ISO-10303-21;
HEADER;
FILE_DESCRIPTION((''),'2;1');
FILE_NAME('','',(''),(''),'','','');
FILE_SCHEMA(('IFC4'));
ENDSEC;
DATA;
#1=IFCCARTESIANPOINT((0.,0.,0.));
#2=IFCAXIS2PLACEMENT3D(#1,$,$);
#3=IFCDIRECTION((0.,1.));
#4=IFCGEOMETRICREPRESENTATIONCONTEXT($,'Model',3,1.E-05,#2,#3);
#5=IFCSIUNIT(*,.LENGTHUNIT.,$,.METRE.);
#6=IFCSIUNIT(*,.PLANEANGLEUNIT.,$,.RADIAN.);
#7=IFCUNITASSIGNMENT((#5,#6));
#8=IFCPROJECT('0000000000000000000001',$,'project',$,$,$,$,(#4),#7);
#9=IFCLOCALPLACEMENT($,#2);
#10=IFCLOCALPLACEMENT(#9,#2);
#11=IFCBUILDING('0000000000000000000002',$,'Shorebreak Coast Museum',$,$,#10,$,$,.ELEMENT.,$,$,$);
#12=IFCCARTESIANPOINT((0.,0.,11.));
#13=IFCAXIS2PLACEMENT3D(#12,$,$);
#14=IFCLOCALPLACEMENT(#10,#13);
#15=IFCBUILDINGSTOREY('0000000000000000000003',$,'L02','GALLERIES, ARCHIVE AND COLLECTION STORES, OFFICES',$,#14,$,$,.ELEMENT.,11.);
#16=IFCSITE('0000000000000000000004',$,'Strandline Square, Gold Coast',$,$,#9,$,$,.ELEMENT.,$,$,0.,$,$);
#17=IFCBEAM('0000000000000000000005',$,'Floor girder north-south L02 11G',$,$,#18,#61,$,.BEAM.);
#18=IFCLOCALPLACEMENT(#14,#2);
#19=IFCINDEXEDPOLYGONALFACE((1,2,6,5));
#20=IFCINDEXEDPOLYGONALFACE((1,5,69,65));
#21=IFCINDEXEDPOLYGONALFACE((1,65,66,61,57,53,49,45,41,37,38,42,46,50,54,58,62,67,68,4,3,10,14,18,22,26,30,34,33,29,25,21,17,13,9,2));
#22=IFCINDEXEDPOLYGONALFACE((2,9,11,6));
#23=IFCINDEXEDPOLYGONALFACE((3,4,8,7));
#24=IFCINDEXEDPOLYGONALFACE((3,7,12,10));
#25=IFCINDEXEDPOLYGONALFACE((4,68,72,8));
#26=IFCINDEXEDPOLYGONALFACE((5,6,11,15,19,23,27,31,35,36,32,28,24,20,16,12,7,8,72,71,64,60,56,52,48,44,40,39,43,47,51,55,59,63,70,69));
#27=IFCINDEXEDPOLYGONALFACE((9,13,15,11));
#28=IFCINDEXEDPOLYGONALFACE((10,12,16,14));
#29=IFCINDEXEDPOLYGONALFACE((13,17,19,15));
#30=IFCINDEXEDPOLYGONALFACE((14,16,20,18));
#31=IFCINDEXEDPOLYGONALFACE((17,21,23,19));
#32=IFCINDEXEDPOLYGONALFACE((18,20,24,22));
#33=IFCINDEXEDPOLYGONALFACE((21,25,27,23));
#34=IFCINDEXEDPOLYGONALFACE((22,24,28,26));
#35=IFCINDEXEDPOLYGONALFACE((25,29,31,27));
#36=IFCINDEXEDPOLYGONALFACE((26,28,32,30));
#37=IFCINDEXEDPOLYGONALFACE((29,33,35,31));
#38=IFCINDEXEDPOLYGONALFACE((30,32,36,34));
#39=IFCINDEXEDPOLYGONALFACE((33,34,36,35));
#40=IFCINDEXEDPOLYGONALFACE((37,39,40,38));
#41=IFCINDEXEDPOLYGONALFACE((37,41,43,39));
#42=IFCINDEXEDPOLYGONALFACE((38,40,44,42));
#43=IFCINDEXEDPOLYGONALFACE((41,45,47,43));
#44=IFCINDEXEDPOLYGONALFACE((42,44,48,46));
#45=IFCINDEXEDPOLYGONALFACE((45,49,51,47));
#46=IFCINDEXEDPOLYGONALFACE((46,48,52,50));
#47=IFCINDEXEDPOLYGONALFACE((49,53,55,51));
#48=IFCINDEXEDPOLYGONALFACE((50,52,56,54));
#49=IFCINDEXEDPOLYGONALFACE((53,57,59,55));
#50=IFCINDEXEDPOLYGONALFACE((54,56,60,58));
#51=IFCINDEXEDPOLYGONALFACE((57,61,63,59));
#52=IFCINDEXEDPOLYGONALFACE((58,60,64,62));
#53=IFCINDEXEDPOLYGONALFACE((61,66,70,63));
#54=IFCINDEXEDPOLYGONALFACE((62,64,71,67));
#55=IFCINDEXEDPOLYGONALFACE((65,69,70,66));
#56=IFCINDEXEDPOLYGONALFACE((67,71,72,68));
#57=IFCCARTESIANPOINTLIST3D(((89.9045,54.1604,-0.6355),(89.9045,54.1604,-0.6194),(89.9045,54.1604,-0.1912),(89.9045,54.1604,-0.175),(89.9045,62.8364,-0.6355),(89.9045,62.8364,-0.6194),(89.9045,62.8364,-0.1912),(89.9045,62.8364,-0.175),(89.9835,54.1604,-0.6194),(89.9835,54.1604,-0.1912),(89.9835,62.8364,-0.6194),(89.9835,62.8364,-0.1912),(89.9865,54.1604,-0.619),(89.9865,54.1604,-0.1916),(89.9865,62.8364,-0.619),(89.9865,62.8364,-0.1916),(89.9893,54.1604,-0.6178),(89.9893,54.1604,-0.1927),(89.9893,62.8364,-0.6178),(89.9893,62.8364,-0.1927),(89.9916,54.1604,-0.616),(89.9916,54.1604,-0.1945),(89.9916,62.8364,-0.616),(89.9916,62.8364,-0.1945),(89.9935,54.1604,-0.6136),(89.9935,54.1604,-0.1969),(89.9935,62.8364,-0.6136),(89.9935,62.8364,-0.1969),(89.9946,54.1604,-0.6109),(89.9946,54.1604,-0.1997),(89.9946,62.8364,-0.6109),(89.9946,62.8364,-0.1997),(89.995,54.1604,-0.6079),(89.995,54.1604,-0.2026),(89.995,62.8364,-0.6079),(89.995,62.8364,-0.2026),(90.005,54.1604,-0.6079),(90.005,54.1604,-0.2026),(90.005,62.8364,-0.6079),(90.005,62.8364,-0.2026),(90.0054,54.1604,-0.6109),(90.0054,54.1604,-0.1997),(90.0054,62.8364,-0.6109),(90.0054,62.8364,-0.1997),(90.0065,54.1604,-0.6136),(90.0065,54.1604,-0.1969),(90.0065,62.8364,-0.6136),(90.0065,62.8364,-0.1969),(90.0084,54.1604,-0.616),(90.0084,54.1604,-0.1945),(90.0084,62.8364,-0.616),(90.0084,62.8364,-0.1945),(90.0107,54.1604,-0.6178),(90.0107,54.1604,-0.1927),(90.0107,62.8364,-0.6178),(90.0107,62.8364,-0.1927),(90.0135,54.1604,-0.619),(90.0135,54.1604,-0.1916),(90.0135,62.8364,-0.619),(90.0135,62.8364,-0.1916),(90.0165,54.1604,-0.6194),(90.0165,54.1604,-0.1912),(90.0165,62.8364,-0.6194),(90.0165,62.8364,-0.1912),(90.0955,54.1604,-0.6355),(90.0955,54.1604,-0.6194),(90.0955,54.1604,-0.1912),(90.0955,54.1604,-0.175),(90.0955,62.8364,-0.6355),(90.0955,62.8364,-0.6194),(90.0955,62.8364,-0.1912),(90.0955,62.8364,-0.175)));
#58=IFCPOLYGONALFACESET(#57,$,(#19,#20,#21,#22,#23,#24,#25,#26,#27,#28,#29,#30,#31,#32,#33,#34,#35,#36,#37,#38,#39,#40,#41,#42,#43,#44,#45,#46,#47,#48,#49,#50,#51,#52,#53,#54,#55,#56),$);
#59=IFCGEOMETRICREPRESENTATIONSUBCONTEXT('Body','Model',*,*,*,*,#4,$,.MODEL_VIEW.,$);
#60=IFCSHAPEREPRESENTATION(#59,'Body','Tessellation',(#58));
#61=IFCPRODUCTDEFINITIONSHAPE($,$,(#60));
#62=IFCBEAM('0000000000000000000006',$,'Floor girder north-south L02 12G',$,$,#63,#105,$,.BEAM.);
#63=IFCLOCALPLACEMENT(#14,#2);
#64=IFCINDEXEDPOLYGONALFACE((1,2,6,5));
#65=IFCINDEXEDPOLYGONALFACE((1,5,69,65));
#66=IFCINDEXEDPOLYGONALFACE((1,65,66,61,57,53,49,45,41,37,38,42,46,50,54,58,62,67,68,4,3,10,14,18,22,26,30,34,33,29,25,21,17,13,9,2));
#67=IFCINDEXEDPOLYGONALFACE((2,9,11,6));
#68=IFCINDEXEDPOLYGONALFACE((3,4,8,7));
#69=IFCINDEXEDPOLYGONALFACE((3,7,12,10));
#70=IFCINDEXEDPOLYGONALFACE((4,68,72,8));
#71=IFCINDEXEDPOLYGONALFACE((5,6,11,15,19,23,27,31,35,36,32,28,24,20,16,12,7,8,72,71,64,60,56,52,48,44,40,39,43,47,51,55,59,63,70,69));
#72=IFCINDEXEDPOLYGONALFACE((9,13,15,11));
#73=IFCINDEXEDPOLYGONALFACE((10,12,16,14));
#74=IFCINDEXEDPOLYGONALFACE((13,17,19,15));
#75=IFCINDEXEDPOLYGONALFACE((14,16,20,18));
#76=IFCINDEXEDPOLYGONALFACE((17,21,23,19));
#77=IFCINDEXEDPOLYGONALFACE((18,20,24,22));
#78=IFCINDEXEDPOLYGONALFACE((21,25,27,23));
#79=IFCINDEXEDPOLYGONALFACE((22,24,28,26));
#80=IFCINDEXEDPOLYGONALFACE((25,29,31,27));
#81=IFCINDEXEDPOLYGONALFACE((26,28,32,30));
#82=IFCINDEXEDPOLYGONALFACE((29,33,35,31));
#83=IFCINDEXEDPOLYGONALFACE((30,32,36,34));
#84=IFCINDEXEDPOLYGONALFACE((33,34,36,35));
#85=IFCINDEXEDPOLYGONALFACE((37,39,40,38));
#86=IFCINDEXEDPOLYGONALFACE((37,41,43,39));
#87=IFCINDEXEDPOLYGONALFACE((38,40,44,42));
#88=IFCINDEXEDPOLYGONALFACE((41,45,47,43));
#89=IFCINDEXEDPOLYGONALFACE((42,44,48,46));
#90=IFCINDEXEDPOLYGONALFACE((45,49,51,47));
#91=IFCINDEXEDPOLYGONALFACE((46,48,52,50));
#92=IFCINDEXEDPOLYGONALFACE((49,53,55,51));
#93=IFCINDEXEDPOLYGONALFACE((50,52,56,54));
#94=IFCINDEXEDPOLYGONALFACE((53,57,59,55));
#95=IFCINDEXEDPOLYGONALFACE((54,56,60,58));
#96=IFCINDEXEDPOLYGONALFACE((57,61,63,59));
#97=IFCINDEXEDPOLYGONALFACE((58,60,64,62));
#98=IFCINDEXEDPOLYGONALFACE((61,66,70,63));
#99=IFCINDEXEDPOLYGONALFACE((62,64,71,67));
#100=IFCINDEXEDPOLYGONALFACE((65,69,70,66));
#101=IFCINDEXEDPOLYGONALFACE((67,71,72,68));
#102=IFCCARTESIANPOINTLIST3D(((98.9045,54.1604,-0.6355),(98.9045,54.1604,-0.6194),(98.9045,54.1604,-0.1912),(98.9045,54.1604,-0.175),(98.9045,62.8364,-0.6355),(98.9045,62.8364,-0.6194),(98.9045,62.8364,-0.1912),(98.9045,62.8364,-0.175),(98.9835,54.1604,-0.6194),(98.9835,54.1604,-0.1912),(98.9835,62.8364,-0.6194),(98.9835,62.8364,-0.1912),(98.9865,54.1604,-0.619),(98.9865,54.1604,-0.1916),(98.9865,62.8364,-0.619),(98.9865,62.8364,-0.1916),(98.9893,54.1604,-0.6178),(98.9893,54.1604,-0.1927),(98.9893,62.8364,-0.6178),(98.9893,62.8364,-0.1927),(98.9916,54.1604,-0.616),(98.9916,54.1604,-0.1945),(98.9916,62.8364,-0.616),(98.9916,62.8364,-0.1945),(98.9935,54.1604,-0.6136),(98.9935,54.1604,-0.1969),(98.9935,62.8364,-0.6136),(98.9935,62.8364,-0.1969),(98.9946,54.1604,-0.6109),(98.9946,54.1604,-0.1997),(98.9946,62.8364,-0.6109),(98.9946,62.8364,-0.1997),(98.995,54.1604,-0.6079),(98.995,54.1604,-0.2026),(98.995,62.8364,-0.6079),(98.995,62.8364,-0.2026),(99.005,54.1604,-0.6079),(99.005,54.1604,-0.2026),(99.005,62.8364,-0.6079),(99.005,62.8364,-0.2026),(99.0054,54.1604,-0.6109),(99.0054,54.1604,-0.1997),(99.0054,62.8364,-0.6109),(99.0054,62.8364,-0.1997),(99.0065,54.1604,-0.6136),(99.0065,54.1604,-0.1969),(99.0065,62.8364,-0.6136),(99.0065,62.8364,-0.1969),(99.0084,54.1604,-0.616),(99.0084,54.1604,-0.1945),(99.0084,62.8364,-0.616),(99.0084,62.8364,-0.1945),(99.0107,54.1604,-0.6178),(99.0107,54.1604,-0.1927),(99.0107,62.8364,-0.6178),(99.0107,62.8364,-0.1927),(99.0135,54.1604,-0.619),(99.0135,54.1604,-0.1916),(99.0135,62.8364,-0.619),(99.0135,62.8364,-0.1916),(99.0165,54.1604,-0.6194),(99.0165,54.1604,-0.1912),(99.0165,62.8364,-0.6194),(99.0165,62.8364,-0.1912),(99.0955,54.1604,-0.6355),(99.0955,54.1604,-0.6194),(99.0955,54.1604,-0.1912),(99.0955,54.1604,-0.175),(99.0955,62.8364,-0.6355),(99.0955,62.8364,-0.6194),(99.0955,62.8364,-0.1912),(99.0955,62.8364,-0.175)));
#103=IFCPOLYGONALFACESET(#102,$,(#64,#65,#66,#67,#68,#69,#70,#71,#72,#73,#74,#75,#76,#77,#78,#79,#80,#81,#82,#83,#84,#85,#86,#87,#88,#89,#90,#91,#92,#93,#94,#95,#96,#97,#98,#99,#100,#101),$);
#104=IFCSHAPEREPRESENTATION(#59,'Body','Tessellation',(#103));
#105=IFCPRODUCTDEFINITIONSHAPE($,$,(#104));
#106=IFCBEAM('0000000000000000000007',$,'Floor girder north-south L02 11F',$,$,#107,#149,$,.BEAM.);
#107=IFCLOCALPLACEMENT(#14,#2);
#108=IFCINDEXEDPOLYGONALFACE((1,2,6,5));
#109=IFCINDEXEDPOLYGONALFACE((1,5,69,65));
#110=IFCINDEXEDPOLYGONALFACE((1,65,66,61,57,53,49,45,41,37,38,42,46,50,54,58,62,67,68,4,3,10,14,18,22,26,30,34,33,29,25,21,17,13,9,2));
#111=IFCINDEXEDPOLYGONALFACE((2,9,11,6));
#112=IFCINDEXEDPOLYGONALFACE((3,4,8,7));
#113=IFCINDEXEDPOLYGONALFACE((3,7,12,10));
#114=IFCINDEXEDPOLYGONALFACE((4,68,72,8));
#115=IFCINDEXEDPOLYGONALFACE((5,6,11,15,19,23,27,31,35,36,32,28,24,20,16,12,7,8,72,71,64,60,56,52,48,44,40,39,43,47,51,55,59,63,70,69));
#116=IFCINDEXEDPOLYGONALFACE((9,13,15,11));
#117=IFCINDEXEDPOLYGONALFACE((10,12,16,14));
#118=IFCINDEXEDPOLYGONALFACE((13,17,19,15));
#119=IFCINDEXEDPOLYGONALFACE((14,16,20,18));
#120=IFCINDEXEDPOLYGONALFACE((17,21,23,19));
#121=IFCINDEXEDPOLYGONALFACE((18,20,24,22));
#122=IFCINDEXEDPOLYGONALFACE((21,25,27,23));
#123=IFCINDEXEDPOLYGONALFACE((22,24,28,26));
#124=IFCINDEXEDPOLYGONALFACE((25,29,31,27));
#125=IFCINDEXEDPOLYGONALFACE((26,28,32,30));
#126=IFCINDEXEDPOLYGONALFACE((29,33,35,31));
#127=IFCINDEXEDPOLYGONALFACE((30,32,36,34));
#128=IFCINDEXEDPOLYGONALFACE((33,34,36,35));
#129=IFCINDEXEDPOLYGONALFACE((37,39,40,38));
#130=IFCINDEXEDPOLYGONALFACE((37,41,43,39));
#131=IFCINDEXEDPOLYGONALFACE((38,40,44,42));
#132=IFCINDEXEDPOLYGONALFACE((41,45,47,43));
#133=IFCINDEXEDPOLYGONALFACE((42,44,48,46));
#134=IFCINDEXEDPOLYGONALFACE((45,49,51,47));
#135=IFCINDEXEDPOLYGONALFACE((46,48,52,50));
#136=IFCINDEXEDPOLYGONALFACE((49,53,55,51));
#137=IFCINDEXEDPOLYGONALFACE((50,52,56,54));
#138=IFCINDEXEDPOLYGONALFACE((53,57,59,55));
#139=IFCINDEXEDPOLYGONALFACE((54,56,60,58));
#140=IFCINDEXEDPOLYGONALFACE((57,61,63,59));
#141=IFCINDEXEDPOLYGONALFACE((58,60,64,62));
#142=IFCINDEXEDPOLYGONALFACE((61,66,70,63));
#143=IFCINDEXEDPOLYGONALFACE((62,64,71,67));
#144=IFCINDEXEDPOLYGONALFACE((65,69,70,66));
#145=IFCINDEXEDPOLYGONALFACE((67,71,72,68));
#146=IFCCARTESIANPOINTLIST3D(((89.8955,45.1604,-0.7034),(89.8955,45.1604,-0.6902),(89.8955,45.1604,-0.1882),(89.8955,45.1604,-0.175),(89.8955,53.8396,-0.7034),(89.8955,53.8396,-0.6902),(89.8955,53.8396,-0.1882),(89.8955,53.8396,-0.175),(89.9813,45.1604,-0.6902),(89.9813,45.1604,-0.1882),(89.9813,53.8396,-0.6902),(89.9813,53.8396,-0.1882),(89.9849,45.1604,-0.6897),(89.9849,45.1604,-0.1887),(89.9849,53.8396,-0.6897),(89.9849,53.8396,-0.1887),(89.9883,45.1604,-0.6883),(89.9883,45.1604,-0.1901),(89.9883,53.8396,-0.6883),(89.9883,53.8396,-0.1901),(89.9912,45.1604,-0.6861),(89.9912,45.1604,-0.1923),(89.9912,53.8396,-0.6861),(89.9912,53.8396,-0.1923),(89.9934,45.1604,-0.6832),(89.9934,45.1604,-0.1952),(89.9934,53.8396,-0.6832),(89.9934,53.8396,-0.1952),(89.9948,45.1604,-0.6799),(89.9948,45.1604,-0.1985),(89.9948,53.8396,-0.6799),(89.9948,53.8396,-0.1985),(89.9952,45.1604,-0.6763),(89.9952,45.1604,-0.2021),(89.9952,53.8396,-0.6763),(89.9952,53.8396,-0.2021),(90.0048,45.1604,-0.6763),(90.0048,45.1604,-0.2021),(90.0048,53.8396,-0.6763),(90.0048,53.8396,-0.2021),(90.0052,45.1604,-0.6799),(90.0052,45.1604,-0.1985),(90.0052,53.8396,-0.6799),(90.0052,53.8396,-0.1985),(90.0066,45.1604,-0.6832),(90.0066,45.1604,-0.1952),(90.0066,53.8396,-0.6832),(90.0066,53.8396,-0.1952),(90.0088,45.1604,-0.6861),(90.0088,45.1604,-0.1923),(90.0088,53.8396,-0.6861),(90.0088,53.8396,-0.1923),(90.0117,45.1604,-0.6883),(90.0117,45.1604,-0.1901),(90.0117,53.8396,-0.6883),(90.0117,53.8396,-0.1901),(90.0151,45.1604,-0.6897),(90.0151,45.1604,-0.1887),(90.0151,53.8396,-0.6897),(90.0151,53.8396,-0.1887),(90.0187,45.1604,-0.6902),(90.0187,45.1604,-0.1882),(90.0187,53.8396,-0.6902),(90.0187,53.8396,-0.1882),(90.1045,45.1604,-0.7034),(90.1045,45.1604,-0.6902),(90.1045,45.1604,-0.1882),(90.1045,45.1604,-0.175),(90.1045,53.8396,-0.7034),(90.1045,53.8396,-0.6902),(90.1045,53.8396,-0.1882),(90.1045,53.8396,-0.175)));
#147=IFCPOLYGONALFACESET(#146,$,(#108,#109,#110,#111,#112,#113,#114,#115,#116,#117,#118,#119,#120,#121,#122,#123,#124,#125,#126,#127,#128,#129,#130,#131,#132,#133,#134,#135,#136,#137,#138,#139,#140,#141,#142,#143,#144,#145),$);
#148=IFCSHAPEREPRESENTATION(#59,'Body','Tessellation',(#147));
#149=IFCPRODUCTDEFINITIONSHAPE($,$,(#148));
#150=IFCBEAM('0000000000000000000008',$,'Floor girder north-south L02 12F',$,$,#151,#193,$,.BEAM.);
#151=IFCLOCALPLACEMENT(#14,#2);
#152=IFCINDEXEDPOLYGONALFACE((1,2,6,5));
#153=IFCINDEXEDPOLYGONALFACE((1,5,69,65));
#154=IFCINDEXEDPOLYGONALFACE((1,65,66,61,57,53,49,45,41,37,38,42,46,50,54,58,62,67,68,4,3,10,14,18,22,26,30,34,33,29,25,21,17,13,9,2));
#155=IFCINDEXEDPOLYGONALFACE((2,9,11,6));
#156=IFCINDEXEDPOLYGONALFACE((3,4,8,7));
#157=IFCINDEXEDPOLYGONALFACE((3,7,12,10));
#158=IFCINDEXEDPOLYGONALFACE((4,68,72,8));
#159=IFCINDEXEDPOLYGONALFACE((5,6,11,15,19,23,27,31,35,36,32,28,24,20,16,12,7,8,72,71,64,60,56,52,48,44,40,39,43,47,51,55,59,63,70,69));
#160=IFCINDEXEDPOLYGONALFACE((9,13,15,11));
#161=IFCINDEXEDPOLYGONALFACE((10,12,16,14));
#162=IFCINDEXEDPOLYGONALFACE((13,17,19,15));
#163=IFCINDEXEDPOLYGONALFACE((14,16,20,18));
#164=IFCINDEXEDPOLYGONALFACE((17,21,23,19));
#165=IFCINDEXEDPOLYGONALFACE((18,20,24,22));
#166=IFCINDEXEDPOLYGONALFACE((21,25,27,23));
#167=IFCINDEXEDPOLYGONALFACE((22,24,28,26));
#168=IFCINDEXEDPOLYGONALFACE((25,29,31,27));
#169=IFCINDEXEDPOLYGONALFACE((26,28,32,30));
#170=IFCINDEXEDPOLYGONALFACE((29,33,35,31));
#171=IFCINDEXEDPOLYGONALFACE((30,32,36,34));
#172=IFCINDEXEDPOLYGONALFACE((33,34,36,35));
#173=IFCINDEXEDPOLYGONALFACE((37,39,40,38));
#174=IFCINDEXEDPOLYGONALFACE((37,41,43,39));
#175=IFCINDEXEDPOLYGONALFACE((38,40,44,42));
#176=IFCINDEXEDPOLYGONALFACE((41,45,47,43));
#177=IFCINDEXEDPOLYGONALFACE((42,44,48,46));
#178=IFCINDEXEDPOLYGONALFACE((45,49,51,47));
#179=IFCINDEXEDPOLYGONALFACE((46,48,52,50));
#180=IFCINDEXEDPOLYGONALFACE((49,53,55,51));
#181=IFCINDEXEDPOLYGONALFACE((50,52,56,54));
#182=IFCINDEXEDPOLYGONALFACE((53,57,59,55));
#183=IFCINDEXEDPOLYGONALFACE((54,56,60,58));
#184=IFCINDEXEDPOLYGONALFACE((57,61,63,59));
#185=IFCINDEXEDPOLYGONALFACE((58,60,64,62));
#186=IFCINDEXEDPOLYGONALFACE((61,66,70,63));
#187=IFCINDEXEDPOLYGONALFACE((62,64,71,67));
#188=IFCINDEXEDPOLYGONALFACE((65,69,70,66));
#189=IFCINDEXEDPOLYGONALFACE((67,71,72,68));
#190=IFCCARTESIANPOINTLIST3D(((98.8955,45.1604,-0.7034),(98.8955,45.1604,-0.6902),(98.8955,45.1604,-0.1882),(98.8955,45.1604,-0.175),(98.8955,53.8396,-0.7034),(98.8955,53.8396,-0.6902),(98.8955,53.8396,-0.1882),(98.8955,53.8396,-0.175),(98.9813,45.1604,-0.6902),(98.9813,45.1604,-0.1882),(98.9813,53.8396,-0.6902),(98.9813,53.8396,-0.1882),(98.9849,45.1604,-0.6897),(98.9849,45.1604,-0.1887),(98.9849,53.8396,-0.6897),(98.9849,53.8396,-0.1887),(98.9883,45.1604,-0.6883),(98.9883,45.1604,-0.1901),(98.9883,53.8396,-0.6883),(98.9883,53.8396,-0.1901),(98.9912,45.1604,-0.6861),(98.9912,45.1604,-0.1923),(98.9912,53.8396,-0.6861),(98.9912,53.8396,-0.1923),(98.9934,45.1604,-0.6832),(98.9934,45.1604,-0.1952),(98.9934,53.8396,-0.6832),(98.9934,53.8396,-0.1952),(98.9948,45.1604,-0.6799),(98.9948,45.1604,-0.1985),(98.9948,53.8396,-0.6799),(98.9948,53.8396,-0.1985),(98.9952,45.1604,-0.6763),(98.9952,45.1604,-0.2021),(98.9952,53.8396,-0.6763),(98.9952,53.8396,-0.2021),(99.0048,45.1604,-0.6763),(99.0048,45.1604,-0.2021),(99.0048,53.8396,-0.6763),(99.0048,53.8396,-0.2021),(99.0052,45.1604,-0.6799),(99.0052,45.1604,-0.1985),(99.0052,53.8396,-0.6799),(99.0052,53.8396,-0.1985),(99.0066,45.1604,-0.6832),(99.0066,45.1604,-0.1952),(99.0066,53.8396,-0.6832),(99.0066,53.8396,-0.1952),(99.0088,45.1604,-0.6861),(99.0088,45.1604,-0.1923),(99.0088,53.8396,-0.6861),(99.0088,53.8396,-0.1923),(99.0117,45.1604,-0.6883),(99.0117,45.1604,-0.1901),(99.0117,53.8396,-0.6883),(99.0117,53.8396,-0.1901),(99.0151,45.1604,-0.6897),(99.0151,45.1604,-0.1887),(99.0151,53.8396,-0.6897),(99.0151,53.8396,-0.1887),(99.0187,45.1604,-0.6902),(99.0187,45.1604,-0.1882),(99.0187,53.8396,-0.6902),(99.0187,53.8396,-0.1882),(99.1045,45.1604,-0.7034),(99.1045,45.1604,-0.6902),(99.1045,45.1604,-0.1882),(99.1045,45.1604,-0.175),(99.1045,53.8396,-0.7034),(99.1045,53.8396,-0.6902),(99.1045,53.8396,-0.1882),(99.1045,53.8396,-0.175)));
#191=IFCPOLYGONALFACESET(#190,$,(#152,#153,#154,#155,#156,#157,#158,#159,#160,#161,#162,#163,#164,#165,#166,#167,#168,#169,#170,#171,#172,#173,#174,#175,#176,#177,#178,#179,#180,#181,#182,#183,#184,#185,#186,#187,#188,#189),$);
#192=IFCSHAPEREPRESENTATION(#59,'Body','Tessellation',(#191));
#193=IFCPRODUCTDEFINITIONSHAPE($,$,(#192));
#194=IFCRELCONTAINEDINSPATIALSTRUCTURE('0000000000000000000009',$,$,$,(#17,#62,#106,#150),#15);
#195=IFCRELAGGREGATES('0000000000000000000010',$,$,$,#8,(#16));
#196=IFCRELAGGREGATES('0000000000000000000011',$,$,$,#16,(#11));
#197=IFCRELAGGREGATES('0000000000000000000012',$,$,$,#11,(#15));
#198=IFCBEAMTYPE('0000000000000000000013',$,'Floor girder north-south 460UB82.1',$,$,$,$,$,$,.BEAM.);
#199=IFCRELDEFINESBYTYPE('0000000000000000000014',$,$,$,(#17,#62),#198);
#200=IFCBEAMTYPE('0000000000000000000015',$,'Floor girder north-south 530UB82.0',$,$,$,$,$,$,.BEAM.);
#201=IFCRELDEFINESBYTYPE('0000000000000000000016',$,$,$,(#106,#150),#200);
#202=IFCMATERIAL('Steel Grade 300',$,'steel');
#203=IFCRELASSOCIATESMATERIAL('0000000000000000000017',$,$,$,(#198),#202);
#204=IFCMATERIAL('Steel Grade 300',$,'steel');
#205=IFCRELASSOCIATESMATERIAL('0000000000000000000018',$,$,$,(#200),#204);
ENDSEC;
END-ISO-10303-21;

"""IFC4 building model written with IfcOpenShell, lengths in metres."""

from ifc_helpers import new_model, si_unit, direction, frame, origin, origin_2d, place, context, subcontext, project, spatial, i_section, extrude, material, material_profile, profile_set, type_object, element, save


model = new_model("IFC4")

# Units and contexts
model_context = context("Model", 3, precision=1e-05, world=origin(), true_north=direction((0.0, 1.0)))
body_context = subcontext(model_context, "Body", "Model", "MODEL_VIEW")
ifc_project = project(units=[si_unit("LENGTHUNIT", "METRE"), si_unit("PLANEANGLEUNIT", "RADIAN")], contexts=[model_context])

# Site, building, storey
site_placement = place(None, origin())
site = spatial("IfcSite", under=ifc_project, at=site_placement, Name="Strandline Square, Gold Coast", CompositionType="ELEMENT", RefElevation=0.0)
building_placement = place(site_placement, origin())
building = spatial("IfcBuilding", under=site, at=building_placement, Name="Shorebreak Coast Museum", CompositionType="ELEMENT")
storey_placement = place(building_placement, frame((0.0, 0.0, 11.0)))
storey = spatial("IfcBuildingStorey", under=building, at=storey_placement, Name="L02", Description="GALLERIES, ARCHIVE AND COLLECTION STORES, OFFICES", CompositionType="ELEMENT", Elevation=11.0)

# Beams
ifc_material_1 = material(Name="Steel Grade 300", Category="steel")
ifc_material_profile_1 = material_profile(ifc_material_1, i_section(OverallWidth=0.1909, OverallDepth=0.4604, WebThickness=0.01, FlangeThickness=0.0161, FilletRadius=0.0115, at=origin_2d()), Name="460UB82.1")
ifc_profile_set_1 = profile_set([ifc_material_profile_1], Name="Steel Grade 300")
beam_type_1 = type_object("IfcBeamType", Name="Floor girder north-south 460UB82.1", PredefinedType="BEAM", material=ifc_profile_set_1)
for number, where, z_axis, x_axis, name in (
    (1, (90.0, 54.1604, -0.4053), (0.0, 1.0, 0.0), (-1.0, 0.0, 0.0), "Floor girder north-south L02 11G"),
    (2, (99.0, 54.1604, -0.4053), (0.0, 1.0, 0.0), (-1.0, 0.0, 0.0), "Floor girder north-south L02 12G"),
):
    element("IfcBeam", number, at=place(storey_placement, frame(where, z_axis=z_axis, x_axis=x_axis)), inside=storey, type_object=beam_type_1, Name=name, PredefinedType="BEAM", context=body_context, shape_type="SweptSolid", body=[
        extrude(i_section(OverallWidth=0.1909, OverallDepth=0.4604, WebThickness=0.01, FlangeThickness=0.0161, FilletRadius=0.0115, at=origin_2d()), origin(), (0.0, 0.0, 1.0), 8.676),
    ])
ifc_material_2 = material(Name="Steel Grade 300", Category="steel")
ifc_material_profile_2 = material_profile(ifc_material_2, i_section(OverallWidth=0.209, OverallDepth=0.5283, WebThickness=0.0095, FlangeThickness=0.0132, FilletRadius=0.0139, at=origin_2d()), Name="530UB82.0")
ifc_profile_set_2 = profile_set([ifc_material_profile_2], Name="Steel Grade 300")
beam_type_2 = type_object("IfcBeamType", Name="Floor girder north-south 530UB82.0", PredefinedType="BEAM", material=ifc_profile_set_2)
for number, where, z_axis, x_axis, name in (
    (3, (90.0, 45.1604, -0.4392), (0.0, 1.0, 0.0), (-1.0, 0.0, 0.0), "Floor girder north-south L02 11F"),
    (4, (99.0, 45.1604, -0.4392), (0.0, 1.0, 0.0), (-1.0, 0.0, 0.0), "Floor girder north-south L02 12F"),
):
    element("IfcBeam", number, at=place(storey_placement, frame(where, z_axis=z_axis, x_axis=x_axis)), inside=storey, type_object=beam_type_2, Name=name, PredefinedType="BEAM", context=body_context, shape_type="SweptSolid", body=[
        extrude(i_section(OverallWidth=0.209, OverallDepth=0.5283, WebThickness=0.0095, FlangeThickness=0.0132, FilletRadius=0.0139, at=origin_2d()), origin(), (0.0, 0.0, 1.0), 8.6792),
    ])

save(model, "model.ifc")
